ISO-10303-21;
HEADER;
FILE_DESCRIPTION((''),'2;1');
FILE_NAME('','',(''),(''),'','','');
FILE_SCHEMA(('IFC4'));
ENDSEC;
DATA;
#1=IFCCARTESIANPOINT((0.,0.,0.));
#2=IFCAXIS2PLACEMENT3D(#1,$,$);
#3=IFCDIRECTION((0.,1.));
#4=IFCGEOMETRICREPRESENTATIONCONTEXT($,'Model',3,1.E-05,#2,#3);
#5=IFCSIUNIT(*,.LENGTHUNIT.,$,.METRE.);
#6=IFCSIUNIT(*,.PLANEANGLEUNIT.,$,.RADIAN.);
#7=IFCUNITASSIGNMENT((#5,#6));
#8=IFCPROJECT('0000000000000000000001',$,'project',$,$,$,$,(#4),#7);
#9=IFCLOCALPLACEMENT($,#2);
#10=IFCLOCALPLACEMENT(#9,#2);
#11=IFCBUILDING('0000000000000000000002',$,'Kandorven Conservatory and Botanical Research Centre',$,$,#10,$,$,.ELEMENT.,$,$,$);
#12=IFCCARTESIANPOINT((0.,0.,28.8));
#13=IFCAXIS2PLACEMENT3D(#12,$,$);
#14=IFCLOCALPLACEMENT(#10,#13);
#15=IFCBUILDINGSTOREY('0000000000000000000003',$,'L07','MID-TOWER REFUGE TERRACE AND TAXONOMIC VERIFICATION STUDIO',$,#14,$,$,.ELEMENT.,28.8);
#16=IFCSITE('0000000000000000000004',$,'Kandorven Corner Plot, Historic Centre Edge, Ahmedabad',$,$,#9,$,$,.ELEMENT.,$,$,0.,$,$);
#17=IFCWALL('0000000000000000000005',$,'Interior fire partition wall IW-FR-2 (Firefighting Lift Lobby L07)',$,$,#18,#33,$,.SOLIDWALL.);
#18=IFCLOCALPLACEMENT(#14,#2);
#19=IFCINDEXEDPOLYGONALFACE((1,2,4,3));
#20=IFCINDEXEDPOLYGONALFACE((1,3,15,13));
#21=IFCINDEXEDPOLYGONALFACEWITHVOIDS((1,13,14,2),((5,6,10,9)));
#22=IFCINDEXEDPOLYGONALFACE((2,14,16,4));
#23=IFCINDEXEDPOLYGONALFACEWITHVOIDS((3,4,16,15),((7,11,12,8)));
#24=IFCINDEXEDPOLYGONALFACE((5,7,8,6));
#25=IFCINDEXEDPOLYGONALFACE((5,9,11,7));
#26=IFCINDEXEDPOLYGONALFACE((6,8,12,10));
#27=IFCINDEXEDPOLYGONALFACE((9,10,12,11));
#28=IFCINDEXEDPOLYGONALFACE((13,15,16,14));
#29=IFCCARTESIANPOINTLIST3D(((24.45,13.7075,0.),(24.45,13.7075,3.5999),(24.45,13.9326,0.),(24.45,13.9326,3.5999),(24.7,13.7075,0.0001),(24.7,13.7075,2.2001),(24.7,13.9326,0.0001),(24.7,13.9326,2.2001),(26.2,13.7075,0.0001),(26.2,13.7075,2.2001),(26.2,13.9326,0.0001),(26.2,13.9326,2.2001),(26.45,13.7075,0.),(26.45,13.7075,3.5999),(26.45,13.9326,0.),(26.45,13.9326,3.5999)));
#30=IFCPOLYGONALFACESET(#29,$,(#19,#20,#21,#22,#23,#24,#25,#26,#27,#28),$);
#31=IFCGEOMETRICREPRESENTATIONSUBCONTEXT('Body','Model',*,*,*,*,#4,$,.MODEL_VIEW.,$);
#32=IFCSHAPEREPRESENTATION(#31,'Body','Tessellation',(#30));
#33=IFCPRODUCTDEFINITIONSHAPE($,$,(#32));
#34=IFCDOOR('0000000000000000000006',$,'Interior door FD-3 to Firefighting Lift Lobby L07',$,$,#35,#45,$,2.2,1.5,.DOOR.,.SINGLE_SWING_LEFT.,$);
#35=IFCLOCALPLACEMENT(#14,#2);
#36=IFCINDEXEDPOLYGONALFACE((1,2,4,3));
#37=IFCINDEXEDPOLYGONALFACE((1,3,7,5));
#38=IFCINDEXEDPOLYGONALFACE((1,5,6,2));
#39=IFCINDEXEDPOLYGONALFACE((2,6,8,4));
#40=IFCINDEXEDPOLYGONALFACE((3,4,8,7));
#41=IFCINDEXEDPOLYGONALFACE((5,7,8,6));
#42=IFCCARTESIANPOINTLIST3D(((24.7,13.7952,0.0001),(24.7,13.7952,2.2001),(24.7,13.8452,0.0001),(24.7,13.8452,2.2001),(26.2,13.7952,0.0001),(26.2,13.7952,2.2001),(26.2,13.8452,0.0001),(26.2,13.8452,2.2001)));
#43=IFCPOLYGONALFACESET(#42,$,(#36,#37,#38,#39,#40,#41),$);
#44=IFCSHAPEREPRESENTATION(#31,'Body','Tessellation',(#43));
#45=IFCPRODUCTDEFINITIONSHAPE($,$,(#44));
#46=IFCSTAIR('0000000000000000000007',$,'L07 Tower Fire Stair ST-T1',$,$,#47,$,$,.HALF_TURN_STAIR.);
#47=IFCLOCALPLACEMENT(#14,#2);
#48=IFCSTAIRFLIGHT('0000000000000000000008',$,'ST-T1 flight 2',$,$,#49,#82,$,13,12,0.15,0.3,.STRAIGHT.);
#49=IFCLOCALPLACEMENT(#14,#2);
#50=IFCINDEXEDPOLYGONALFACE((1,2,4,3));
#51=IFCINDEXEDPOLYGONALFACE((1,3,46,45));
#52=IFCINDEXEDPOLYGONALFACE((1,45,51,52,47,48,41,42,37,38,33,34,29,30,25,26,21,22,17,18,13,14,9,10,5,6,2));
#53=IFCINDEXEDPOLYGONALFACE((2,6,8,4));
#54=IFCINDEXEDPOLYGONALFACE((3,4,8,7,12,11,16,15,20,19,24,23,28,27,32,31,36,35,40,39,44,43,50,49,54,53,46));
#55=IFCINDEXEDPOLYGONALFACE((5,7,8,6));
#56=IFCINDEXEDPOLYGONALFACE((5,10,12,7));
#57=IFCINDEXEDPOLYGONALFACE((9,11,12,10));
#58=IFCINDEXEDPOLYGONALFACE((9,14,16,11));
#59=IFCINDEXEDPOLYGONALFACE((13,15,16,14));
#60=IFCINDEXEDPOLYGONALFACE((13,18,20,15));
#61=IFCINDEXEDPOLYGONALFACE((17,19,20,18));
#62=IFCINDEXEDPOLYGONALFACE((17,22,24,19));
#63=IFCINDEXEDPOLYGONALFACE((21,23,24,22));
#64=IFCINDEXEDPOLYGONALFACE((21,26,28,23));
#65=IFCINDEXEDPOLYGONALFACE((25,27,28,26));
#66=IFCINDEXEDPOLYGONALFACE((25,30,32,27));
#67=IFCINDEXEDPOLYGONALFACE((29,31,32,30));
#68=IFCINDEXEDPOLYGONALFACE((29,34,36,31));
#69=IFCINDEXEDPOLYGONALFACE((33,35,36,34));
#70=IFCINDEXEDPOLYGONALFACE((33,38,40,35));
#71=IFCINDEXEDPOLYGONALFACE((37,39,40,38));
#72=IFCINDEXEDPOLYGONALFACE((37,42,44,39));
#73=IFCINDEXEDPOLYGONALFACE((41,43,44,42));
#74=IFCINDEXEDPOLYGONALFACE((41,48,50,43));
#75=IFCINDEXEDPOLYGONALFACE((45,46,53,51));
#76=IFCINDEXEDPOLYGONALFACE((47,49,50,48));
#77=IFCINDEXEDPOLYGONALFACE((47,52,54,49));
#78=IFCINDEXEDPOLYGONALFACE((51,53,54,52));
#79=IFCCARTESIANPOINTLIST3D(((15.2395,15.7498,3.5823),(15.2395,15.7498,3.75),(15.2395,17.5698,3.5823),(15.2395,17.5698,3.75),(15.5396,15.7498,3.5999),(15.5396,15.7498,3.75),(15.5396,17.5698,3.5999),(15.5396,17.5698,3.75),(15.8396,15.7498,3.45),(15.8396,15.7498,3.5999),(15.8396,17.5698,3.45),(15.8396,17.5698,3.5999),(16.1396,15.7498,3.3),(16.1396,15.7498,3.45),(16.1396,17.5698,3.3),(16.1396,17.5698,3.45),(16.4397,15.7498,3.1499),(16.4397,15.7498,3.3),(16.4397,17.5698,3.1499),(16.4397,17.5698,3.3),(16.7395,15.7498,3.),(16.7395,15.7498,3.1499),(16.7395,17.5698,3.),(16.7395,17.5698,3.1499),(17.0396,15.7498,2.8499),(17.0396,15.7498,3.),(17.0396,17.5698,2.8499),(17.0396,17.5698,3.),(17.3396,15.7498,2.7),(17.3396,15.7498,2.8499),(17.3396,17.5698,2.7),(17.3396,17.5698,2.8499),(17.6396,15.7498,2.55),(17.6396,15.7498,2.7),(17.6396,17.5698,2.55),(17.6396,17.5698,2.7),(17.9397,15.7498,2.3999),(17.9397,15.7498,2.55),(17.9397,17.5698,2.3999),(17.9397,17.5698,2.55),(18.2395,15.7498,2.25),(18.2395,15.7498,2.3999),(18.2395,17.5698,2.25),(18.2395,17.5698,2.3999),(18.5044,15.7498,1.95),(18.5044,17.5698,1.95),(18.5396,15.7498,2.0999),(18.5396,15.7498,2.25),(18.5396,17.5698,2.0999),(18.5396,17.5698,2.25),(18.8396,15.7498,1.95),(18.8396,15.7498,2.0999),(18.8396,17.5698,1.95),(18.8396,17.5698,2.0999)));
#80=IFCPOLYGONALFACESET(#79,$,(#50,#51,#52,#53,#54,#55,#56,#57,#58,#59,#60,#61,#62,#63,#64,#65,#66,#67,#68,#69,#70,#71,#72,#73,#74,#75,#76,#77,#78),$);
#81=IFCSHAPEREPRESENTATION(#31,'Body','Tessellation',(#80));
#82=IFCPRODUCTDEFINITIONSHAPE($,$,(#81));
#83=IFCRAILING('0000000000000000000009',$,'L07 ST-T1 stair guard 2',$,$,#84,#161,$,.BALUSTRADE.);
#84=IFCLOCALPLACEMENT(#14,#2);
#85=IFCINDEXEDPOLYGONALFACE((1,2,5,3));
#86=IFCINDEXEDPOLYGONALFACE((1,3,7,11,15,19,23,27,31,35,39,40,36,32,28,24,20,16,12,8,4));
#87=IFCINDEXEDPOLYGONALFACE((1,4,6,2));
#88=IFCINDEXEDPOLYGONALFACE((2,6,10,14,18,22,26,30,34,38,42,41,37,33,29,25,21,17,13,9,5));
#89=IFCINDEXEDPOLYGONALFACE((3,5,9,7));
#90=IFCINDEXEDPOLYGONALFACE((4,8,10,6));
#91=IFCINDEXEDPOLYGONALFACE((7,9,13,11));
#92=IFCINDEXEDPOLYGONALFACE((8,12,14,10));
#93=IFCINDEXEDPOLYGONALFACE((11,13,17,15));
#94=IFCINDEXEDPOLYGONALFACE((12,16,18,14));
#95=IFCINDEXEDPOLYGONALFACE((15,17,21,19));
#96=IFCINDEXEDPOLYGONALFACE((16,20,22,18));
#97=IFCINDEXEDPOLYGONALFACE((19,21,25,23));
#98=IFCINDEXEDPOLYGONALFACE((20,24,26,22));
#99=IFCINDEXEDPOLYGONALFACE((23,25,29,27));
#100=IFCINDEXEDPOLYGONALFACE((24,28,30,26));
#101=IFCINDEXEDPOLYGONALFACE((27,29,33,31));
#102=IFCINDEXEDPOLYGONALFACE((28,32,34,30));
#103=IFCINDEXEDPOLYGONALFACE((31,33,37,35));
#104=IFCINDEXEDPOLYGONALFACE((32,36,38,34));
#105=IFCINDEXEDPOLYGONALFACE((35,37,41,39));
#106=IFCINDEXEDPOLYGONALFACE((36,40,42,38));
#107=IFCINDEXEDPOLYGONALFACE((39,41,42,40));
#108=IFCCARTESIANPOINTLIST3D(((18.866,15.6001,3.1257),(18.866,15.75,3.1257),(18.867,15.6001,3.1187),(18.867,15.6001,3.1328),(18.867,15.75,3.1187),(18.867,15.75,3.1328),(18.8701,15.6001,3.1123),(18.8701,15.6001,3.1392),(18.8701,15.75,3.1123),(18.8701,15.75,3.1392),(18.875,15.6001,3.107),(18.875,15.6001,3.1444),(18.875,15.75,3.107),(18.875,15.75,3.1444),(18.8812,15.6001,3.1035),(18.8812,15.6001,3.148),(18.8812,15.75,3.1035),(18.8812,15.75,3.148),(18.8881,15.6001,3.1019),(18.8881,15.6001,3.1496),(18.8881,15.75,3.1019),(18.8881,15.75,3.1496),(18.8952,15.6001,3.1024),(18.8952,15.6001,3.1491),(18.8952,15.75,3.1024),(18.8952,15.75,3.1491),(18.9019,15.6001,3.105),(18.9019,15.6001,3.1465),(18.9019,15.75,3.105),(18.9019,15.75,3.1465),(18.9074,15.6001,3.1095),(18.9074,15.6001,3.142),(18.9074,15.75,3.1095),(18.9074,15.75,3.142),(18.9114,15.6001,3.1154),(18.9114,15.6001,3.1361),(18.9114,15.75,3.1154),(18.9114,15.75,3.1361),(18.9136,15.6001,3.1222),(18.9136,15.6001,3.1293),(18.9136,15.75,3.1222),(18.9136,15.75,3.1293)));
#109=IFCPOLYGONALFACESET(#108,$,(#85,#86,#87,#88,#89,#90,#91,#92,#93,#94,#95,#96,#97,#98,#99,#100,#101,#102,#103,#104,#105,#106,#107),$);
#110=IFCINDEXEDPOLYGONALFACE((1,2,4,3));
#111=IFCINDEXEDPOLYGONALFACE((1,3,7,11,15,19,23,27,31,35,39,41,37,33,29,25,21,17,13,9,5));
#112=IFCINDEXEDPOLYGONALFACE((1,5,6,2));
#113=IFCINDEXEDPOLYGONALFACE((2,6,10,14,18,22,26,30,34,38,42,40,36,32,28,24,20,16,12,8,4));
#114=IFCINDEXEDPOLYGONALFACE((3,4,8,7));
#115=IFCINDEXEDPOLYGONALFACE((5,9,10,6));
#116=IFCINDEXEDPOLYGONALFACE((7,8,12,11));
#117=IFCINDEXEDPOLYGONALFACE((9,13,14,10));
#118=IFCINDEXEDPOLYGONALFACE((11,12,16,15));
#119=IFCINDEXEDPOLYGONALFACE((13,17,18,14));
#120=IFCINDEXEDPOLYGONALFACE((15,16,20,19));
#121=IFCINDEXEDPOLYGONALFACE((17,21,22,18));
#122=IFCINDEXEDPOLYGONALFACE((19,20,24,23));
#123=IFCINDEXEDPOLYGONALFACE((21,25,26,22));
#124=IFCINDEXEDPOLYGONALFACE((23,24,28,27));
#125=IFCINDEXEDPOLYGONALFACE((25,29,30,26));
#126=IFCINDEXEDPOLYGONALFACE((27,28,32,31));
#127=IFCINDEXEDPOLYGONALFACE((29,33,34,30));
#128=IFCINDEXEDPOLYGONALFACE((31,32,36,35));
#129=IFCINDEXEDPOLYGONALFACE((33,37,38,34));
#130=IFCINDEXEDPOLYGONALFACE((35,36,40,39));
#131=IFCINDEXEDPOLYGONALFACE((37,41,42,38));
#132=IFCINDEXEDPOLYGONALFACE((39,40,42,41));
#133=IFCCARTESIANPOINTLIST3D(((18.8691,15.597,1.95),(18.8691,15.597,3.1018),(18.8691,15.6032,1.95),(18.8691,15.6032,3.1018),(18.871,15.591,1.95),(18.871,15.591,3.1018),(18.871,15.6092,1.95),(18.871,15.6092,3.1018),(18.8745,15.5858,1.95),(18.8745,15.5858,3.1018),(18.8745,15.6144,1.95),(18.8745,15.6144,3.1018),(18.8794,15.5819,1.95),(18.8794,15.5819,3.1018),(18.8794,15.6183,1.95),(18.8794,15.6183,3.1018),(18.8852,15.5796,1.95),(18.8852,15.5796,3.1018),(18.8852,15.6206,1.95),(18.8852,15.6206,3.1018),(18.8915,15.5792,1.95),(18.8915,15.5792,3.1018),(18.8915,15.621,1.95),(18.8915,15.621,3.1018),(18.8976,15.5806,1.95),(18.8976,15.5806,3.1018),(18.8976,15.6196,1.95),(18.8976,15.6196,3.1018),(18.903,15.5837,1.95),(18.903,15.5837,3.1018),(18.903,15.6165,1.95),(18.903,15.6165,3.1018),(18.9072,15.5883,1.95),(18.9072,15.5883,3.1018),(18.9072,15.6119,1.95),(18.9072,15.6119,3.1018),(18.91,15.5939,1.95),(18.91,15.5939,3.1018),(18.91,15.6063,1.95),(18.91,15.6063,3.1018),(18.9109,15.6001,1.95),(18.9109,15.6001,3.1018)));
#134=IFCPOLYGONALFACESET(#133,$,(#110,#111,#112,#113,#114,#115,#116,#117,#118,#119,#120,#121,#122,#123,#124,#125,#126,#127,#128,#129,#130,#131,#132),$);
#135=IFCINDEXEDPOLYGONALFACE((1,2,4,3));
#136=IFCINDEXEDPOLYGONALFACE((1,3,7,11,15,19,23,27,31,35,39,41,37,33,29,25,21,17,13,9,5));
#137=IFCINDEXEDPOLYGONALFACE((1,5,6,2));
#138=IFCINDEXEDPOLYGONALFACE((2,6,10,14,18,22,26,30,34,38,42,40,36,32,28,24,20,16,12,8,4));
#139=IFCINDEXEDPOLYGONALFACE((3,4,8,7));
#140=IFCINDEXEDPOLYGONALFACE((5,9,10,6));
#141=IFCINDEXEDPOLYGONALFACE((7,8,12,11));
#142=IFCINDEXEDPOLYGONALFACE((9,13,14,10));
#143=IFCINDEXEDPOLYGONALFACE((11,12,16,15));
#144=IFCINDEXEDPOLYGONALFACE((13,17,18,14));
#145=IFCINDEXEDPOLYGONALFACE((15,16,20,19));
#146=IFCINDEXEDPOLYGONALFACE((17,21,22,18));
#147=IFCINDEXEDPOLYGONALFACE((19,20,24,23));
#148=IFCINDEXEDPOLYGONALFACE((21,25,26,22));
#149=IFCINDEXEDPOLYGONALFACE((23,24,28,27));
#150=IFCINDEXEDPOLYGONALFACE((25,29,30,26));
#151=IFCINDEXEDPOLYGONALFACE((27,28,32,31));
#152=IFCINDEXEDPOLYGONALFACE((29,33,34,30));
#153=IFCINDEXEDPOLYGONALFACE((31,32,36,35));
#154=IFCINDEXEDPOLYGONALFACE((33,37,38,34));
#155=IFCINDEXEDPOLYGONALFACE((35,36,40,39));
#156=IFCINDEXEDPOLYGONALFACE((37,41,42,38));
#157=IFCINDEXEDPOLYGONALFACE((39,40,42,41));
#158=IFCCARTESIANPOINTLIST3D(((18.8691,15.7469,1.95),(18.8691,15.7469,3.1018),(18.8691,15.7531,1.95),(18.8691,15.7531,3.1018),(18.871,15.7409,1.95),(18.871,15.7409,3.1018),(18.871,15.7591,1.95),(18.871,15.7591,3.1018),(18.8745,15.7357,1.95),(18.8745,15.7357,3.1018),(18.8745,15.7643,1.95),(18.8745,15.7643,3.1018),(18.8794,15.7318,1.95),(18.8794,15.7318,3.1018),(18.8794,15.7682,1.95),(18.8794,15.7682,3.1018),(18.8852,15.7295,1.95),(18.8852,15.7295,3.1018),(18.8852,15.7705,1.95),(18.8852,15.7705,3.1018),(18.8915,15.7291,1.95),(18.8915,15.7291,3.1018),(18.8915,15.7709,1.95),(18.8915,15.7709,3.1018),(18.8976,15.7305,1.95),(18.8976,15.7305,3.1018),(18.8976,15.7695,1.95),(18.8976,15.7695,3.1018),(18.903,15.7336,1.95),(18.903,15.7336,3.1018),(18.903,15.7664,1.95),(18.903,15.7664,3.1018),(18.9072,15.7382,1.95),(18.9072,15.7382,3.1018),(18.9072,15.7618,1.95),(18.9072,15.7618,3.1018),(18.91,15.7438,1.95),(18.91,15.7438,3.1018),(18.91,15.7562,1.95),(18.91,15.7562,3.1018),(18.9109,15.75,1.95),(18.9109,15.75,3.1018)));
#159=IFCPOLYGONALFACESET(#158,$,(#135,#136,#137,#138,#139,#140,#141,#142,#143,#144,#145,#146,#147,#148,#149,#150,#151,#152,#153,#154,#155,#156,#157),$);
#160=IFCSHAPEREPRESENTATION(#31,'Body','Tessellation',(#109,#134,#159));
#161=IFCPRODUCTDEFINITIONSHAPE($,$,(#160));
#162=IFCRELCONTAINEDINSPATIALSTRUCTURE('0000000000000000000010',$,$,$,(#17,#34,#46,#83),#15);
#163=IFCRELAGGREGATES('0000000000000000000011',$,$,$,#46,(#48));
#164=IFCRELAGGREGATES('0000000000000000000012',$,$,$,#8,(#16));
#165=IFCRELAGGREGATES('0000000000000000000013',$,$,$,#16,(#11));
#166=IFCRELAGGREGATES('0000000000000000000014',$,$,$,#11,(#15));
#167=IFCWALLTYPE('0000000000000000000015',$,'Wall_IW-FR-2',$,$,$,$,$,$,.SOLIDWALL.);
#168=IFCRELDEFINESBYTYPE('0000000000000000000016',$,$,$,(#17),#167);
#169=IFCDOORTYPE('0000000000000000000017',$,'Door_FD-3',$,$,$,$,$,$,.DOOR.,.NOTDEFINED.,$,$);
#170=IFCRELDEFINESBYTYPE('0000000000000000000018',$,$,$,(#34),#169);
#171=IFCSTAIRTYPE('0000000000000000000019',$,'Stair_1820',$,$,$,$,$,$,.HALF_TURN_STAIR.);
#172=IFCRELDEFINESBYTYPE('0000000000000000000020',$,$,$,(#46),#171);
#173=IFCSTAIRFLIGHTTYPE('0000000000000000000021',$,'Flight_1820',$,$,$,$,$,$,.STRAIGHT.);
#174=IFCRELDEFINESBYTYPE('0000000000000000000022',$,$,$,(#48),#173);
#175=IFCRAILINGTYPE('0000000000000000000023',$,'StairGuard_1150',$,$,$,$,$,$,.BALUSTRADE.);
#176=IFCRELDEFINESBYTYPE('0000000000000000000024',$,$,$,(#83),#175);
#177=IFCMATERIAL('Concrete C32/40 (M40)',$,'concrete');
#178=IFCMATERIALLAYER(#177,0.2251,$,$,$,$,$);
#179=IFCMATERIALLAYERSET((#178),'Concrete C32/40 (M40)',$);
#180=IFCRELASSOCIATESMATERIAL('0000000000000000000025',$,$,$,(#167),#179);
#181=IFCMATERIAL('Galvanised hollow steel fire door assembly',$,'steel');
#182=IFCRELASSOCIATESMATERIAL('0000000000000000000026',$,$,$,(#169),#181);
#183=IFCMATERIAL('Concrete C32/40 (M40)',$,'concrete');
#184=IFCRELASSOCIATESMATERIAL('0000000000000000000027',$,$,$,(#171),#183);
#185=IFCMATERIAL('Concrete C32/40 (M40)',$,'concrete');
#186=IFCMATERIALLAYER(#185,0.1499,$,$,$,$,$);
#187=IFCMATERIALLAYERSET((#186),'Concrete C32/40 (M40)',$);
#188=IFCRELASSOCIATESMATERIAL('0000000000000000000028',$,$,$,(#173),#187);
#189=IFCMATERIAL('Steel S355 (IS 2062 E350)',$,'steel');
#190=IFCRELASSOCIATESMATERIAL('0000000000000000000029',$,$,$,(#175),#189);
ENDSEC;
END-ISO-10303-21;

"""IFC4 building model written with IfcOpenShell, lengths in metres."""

from ifc_helpers import new_model, si_unit, direction, frame, frame_2d, origin, origin_2d, place, context, subcontext, project, spatial, polyline, rectangle, circle, outline, extrude, material, layer, layer_set, type_object, element, fill, aggregate, save


model = new_model("IFC4")

# Units and contexts
model_context = context("Model", 3, precision=1e-05, world=origin(), true_north=direction((0.0, 1.0)))
body_context = subcontext(model_context, "Body", "Model", "MODEL_VIEW")
ifc_project = project(units=[si_unit("LENGTHUNIT", "METRE"), si_unit("PLANEANGLEUNIT", "RADIAN")], contexts=[model_context])

# Site, building, storey
site_placement = place(None, origin())
site = spatial("IfcSite", under=ifc_project, at=site_placement, Name="Kandorven Corner Plot, Historic Centre Edge, Ahmedabad", CompositionType="ELEMENT", RefElevation=0.0)
building_placement = place(site_placement, origin())
building = spatial("IfcBuilding", under=site, at=building_placement, Name="Kandorven Conservatory and Botanical Research Centre", CompositionType="ELEMENT")
storey_placement = place(building_placement, frame((0.0, 0.0, 28.8)))
storey = spatial("IfcBuildingStorey", under=building, at=storey_placement, Name="L07", Description="MID-TOWER REFUGE TERRACE AND TAXONOMIC VERIFICATION STUDIO", CompositionType="ELEMENT", Elevation=28.8)

# Wall, opening, door
ifc_material_1 = material(Name="Concrete C32/40 (M40)", Category="concrete")
ifc_layer_1 = layer(ifc_material_1, 0.2251)
ifc_layer_set_1 = layer_set([ifc_layer_1], Name="Concrete C32/40 (M40)")
wall_type_1 = type_object("IfcWallType", Name="Wall_IW-FR-2", PredefinedType="SOLIDWALL", material=ifc_layer_set_1)
wall_1_placement = place(storey_placement, frame((24.45, 13.8201, 0.0), z_axis=(0.0, 0.0, 1.0), x_axis=(1.0, 0.0, 0.0)))
wall_1 = element("IfcWall", 1, at=wall_1_placement, inside=storey, type_object=wall_type_1, Name="Interior fire partition wall IW-FR-2 (Firefighting Lift Lobby L07)", PredefinedType="SOLIDWALL", context=body_context, shape_type="SweptSolid", body=[
    extrude(rectangle(XDim=2.0, YDim=0.2251, at=frame_2d((1.0, 0.0))), origin(), (0.0, 0.0, 1.0), 3.5999),
])
opening_1_placement = place(wall_1_placement, frame((0.25, 0.0, 0.0)))
opening_1 = element("IfcOpeningElement", 2, at=opening_1_placement, cuts=wall_1, PredefinedType="OPENING", context=body_context, shape_type="SweptSolid", body=[
    extrude(rectangle(XDim=1.5, YDim=2.2, at=frame_2d((0.75, 1.1001))), frame((0.0, 0.1226, 0.0), z_axis=(0.0, -1.0, 0.0), x_axis=(1.0, 0.0, 0.0)), (0.0, 0.0, 1.0), 0.2451),
])
ifc_material_2 = material(Name="Galvanised hollow steel fire door assembly", Category="steel")
door_type_1 = type_object("IfcDoorType", Name="Door_FD-3", OperationType="NOTDEFINED", PredefinedType="DOOR", material=ifc_material_2)
door_1_placement = place(opening_1_placement, frame((1.5, 0.0, 0.0), z_axis=(0.0, 0.0, 1.0), x_axis=(-1.0, 0.0, 0.0)))
door_1 = element("IfcDoor", 3, at=door_1_placement, inside=storey, type_object=door_type_1, Name="Interior door FD-3 to Firefighting Lift Lobby L07", OperationType="SINGLE_SWING_LEFT", OverallHeight=2.2, OverallWidth=1.5, PredefinedType="DOOR", context=body_context, shape_type="SweptSolid", body=[
    extrude(rectangle(XDim=1.5, YDim=2.2, at=frame_2d((0.75, 1.1001))), frame((0.0, 0.0249, 0.0), z_axis=(0.0, -1.0, 0.0), x_axis=(1.0, 0.0, 0.0)), (0.0, 0.0, 1.0), 0.05),
])
fill(opening_1, door_1)

# Stair, stair flight
ifc_material_3 = material(Name="Concrete C32/40 (M40)", Category="concrete")
stair_type = type_object("IfcStairType", Name="Stair_1820", PredefinedType="HALF_TURN_STAIR", material=ifc_material_3)
stair_placement = place(storey_placement, origin())
stair = element("IfcStair", 4, at=stair_placement, inside=storey, type_object=stair_type, Name="L07 Tower Fire Stair ST-T1", PredefinedType="HALF_TURN_STAIR")
ifc_material_4 = material(Name="Concrete C32/40 (M40)", Category="concrete")
ifc_layer_2 = layer(ifc_material_4, 0.1499)
ifc_layer_set_2 = layer_set([ifc_layer_2], Name="Concrete C32/40 (M40)")
stair_flight_type = type_object("IfcStairFlightType", Name="Flight_1820", PredefinedType="STRAIGHT", material=ifc_layer_set_2)
stair_flight_placement = place(storey_placement, frame((18.8396, 16.6599, 1.95), z_axis=(0.0, 0.0, 1.0), x_axis=(-1.0, 0.0, 0.0)))
stair_flight = element("IfcStairFlight", 5, at=stair_flight_placement, type_object=stair_flight_type, Name="ST-T1 flight 2", NumberOfRisers=13, NumberOfTreads=12, PredefinedType="STRAIGHT", RiserHeight=0.15, TreadLength=0.3, context=body_context, shape_type="SweptSolid", body=[
    extrude(outline(polyline([(0.0, 0.0), (0.0, 0.1499), (0.3, 0.1499), (0.3, 0.3), (0.6001, 0.3), (0.6001, 0.45), (0.8999, 0.45), (0.8999, 0.6001), (1.2, 0.6001), (1.2, 0.75), (1.5, 0.75), (1.5, 0.8999), (1.8, 0.8999), (1.8, 1.05), (2.1001, 1.05), (2.1001, 1.2), (2.3999, 1.2), (2.3999, 1.3501), (2.7, 1.3501), (2.7, 1.5), (3.0, 1.5), (3.0, 1.6499), (3.3, 1.6499), (3.3, 1.8), (3.6001, 1.8), (3.6001, 1.95), (3.6001, 1.6323), (0.3352, 0.0), (0.0, 0.0)])), frame((0.0, 0.9102, 0.0), z_axis=(0.0, -1.0, 0.0), x_axis=(1.0, 0.0, 0.0)), (0.0, 0.0, 1.0), 1.8201),
])
aggregate(stair, [stair_flight])

# Railing
ifc_material_5 = material(Name="Steel S355 (IS 2062 E350)", Category="steel")
railing_type_1 = type_object("IfcRailingType", Name="StairGuard_1150", PredefinedType="BALUSTRADE", material=ifc_material_5)
railing_1_placement = place(storey_placement, frame((18.8899, 15.6001, 1.95)))
element("IfcRailing", 6, at=railing_1_placement, inside=storey, type_object=railing_type_1, Name="L07 ST-T1 stair guard 2", PredefinedType="BALUSTRADE", context=body_context, shape_type="SweptSolid", body=[
    extrude(circle(Radius=0.0239, at=origin_2d()), frame((0.0, 0.0, 1.1758), z_axis=(0.0, 1.0, 0.0), x_axis=(-1.0, 0.0, 0.0)), (0.0, 0.0, 1.0), 0.1499),
    extrude(circle(Radius=0.021, at=origin_2d()), origin(), (0.0, 0.0, 1.0), 1.1519),
    extrude(circle(Radius=0.021, at=origin_2d()), frame((0.0, 0.1499, 0.0)), (0.0, 0.0, 1.0), 1.1519),
])

save(model, "model.ifc")
